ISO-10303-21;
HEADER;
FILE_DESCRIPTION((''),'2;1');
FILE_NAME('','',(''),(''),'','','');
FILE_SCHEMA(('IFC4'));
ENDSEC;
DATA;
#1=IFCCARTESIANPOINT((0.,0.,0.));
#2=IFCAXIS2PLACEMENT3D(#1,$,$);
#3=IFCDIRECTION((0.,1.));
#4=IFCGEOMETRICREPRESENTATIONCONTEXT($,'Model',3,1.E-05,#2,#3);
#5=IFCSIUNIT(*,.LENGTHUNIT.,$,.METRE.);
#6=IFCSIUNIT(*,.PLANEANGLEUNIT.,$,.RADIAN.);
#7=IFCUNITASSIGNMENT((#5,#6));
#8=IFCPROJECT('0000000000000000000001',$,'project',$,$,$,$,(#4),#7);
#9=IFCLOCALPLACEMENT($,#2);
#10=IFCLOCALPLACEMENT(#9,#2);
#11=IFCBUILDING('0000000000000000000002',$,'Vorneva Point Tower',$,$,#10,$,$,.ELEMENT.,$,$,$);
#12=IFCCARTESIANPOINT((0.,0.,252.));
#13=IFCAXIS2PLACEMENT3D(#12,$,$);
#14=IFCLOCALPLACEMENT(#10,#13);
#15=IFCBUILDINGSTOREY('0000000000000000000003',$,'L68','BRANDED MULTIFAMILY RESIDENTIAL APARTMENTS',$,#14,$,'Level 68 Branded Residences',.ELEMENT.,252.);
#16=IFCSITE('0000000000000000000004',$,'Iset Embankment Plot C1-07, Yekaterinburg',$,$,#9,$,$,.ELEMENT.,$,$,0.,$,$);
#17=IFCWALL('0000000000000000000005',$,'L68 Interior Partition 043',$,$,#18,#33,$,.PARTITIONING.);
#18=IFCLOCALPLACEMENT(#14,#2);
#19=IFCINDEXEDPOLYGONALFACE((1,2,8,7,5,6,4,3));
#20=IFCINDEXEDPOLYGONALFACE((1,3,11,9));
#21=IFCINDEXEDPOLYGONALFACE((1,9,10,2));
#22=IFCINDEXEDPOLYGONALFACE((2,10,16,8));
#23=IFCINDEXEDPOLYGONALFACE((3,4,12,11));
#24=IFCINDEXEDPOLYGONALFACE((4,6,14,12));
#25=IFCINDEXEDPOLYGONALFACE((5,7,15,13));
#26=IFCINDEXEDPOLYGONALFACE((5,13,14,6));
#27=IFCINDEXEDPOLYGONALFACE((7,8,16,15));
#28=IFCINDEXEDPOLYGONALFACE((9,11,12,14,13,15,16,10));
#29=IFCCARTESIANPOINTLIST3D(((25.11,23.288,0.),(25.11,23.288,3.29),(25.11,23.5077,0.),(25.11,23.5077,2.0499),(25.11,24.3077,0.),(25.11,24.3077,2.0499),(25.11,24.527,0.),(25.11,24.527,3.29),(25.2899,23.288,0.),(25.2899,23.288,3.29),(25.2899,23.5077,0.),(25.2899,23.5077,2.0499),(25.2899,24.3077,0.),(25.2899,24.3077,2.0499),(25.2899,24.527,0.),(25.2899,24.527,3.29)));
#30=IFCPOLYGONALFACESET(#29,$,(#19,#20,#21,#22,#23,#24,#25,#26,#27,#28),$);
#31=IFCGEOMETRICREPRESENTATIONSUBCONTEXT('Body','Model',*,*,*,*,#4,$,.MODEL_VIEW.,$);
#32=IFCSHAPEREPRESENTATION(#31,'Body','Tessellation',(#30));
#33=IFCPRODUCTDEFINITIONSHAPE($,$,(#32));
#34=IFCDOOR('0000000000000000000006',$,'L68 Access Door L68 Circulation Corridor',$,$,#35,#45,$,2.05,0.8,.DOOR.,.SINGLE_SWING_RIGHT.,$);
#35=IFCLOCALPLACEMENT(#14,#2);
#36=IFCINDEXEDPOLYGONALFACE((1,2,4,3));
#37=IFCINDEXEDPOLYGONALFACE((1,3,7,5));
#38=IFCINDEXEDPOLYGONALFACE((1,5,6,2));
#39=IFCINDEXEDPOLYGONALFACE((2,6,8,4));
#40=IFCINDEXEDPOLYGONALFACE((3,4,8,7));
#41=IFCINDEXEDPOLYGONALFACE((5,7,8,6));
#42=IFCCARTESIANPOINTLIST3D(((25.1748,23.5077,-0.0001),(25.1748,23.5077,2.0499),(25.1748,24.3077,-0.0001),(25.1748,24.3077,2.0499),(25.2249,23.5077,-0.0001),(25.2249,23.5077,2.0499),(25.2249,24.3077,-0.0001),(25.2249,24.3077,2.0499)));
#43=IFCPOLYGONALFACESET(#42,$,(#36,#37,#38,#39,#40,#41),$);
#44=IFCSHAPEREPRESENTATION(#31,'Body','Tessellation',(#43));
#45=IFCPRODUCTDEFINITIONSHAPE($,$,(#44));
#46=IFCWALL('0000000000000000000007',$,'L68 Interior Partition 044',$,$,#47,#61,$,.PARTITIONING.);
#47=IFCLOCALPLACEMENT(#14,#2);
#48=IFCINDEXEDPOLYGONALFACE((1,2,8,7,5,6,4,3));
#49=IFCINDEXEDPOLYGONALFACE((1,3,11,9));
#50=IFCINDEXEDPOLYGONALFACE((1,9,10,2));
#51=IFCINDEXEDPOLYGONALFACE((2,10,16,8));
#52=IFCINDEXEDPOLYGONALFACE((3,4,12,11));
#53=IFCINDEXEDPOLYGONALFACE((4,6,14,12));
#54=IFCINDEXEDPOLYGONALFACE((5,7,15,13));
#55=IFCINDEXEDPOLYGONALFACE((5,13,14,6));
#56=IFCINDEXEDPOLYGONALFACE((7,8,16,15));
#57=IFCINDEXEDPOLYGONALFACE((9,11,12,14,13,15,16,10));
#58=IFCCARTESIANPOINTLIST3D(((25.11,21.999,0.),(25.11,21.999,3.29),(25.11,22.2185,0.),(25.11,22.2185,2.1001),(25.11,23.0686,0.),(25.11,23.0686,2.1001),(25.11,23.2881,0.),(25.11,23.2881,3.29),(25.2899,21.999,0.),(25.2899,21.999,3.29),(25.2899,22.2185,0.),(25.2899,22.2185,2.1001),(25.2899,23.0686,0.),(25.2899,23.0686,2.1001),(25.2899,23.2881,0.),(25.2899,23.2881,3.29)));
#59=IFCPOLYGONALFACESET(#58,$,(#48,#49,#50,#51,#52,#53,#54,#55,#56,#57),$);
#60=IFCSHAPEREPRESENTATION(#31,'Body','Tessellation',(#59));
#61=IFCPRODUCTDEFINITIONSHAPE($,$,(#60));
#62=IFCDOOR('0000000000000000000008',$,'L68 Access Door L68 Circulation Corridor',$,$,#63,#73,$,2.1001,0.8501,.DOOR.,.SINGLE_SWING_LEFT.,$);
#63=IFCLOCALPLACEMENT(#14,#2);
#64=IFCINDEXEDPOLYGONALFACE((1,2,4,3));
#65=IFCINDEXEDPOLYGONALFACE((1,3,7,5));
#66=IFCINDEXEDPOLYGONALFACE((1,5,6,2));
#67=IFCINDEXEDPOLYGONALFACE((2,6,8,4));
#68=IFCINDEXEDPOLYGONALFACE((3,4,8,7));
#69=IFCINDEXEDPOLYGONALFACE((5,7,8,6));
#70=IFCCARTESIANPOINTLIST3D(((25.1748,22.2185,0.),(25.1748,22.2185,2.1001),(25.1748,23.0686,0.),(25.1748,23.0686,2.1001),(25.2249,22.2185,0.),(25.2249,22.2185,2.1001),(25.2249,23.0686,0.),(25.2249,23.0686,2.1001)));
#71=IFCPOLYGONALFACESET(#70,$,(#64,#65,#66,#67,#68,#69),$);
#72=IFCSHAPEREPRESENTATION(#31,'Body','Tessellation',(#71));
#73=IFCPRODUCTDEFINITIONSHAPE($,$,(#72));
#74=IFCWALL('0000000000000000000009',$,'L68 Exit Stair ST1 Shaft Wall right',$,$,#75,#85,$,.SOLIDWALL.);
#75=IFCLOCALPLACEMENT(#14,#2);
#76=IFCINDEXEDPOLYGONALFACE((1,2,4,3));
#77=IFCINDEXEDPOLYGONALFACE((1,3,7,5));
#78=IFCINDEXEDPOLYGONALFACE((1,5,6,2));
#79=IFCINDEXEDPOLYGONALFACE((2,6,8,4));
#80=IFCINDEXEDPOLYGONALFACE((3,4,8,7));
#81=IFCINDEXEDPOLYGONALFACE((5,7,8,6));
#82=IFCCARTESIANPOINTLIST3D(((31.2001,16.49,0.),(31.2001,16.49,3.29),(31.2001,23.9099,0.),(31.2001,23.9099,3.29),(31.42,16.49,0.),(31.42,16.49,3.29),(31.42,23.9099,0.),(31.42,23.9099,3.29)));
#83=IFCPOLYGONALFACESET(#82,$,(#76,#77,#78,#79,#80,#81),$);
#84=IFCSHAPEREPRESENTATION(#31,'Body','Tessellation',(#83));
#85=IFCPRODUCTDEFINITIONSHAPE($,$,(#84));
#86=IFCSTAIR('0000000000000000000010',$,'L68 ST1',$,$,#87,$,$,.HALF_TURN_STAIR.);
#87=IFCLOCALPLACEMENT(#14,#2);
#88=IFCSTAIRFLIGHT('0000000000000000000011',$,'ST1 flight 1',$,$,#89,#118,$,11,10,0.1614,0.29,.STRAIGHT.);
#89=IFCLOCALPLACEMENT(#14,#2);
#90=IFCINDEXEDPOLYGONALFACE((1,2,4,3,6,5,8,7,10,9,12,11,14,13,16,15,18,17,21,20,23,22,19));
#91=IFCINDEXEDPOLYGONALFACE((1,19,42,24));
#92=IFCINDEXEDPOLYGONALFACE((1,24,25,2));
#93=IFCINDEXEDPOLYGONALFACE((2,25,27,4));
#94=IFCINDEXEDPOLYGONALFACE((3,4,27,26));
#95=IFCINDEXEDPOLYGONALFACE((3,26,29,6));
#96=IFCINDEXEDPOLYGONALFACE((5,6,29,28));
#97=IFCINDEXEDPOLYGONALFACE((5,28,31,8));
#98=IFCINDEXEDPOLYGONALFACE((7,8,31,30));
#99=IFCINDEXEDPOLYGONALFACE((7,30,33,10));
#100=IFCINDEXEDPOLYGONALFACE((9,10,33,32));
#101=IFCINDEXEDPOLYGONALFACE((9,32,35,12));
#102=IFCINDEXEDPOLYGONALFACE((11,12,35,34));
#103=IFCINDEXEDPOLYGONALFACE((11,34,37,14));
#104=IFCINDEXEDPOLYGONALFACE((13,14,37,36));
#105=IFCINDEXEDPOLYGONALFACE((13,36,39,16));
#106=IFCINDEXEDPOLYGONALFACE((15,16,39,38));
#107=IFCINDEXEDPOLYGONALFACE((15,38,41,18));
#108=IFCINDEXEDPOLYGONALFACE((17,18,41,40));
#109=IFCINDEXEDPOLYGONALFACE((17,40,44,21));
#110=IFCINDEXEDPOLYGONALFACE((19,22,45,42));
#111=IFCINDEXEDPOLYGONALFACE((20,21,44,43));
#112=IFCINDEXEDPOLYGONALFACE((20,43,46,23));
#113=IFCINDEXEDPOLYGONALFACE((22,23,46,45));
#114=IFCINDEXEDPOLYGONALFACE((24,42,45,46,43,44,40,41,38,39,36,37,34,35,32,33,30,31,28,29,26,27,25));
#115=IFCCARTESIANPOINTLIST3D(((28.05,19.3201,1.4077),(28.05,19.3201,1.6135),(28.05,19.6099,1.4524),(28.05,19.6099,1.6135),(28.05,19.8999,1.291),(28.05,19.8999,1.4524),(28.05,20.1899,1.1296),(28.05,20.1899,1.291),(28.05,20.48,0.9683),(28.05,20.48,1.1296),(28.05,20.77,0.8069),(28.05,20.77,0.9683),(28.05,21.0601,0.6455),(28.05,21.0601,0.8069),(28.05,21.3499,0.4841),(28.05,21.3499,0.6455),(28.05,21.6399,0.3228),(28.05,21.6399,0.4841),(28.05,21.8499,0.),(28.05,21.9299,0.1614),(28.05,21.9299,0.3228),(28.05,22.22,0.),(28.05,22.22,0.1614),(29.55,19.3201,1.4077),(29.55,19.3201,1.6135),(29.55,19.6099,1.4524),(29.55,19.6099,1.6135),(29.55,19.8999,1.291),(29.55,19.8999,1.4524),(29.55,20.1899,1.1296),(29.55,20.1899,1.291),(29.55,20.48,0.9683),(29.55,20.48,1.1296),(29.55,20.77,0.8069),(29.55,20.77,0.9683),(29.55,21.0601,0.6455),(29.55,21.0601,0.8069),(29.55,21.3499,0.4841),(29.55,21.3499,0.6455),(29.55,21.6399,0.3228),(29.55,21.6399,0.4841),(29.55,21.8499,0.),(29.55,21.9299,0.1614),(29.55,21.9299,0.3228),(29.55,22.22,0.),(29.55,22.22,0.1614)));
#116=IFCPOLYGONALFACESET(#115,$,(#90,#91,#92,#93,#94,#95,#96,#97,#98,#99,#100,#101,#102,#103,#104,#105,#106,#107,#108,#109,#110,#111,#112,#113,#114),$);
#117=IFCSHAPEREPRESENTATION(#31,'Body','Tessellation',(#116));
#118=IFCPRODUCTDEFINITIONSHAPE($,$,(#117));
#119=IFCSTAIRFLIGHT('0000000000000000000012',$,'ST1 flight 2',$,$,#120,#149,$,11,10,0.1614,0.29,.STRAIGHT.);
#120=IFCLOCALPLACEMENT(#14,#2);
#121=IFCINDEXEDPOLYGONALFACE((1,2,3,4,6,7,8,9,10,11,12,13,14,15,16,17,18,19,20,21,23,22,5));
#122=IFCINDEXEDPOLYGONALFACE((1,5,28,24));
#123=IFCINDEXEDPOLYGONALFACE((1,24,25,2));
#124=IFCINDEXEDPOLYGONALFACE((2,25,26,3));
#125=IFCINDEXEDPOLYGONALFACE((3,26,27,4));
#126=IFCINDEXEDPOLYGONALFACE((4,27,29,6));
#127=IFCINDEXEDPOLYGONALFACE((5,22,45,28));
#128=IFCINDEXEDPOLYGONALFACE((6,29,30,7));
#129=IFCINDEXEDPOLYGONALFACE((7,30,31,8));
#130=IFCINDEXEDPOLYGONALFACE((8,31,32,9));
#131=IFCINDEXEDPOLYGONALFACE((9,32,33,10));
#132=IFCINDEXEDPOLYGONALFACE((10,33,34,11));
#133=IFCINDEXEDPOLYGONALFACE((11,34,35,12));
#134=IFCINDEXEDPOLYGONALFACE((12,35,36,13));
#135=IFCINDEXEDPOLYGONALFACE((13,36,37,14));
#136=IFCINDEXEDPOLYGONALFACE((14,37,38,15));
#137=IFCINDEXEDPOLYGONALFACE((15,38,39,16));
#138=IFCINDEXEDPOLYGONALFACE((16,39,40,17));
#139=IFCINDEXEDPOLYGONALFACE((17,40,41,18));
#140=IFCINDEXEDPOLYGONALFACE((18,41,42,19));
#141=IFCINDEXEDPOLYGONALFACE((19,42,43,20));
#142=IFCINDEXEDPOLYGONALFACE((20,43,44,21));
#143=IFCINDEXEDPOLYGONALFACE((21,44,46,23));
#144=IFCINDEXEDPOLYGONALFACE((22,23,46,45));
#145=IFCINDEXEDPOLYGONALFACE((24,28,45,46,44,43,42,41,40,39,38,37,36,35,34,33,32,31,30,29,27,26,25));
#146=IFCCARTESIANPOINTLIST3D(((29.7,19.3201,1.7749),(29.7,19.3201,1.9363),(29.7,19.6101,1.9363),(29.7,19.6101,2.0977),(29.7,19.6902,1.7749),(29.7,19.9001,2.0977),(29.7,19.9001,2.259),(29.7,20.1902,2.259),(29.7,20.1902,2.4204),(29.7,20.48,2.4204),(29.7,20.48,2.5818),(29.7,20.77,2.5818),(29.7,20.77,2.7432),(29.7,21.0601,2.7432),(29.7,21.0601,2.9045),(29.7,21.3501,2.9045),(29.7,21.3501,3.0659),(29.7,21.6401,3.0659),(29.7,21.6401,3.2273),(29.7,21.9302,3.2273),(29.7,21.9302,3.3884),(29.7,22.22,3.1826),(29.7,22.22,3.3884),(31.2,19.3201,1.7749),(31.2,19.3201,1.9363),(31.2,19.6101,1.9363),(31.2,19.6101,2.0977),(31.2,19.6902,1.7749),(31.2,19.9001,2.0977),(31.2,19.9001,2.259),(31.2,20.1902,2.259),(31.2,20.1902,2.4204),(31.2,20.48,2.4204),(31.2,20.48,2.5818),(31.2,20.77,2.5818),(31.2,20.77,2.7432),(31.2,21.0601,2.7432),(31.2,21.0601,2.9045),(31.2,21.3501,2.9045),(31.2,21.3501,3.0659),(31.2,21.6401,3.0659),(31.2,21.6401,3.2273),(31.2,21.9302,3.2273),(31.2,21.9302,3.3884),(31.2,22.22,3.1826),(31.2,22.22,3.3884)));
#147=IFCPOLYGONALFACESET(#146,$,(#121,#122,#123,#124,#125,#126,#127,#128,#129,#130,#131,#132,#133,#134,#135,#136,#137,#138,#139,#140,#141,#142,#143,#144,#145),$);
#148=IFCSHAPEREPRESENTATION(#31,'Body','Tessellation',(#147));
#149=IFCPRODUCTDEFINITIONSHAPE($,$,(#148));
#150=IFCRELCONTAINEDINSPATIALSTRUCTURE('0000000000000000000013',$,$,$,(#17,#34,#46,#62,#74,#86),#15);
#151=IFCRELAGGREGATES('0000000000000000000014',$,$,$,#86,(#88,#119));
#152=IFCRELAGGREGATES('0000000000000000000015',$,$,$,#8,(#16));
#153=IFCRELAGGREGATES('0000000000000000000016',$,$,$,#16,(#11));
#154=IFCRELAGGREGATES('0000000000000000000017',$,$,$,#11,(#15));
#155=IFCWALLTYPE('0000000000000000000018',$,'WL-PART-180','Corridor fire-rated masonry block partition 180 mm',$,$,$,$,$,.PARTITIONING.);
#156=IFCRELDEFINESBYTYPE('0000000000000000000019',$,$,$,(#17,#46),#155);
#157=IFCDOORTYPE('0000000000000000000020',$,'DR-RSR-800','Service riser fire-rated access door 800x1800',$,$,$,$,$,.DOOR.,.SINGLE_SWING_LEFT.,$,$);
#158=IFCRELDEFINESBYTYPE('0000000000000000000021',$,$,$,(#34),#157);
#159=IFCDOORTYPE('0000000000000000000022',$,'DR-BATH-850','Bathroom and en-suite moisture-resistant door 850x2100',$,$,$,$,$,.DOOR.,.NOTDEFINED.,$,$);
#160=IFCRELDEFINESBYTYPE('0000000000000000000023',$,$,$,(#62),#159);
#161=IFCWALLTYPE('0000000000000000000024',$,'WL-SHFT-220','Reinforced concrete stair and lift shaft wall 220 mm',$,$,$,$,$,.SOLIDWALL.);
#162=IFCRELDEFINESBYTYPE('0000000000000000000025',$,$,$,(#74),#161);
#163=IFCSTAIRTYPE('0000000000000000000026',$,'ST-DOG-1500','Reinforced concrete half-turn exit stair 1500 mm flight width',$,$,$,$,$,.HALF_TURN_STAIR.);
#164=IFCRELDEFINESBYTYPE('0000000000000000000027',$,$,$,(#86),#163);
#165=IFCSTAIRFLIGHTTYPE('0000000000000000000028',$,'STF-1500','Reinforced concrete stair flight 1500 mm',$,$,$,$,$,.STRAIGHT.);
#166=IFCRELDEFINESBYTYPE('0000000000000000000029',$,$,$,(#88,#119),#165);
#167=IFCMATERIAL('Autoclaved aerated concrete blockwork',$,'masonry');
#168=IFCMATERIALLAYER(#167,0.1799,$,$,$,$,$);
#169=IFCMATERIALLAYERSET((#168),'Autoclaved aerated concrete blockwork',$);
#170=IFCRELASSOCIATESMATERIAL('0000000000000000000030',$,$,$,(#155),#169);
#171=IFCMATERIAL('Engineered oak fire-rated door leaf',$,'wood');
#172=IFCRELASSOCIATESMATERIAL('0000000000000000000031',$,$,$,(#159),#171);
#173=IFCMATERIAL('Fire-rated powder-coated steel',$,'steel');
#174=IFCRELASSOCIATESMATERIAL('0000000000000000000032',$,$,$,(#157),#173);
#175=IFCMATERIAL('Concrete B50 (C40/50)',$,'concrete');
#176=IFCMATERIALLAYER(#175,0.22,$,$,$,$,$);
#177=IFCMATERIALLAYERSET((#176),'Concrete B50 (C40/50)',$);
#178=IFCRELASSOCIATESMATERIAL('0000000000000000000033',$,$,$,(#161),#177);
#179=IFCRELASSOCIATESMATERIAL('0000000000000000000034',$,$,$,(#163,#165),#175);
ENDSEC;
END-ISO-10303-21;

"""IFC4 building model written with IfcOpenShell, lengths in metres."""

from ifc_helpers import new_model, si_unit, direction, frame, frame_2d, origin, place, context, subcontext, project, spatial, polyline, rectangle, outline, extrude, material, layer, layer_set, type_object, element, fill, aggregate, save


model = new_model("IFC4")

# Units and contexts
model_context = context("Model", 3, precision=1e-05, world=origin(), true_north=direction((0.0, 1.0)))
body_context = subcontext(model_context, "Body", "Model", "MODEL_VIEW")
ifc_project = project(units=[si_unit("LENGTHUNIT", "METRE"), si_unit("PLANEANGLEUNIT", "RADIAN")], contexts=[model_context])

# Site, building, storey
site_placement = place(None, origin())
site = spatial("IfcSite", under=ifc_project, at=site_placement, Name="Iset Embankment Plot C1-07, Yekaterinburg", CompositionType="ELEMENT", RefElevation=0.0)
building_placement = place(site_placement, origin())
building = spatial("IfcBuilding", under=site, at=building_placement, Name="Vorneva Point Tower", CompositionType="ELEMENT")
storey_placement = place(building_placement, frame((0.0, 0.0, 252.0)))
storey = spatial("IfcBuildingStorey", under=building, at=storey_placement, Name="L68", Description="BRANDED MULTIFAMILY RESIDENTIAL APARTMENTS", LongName="Level 68 Branded Residences", CompositionType="ELEMENT", Elevation=252.0)

# Shared definitions
ifc_material_1 = material(Name="Concrete B50 (C40/50)", Category="concrete")

# Shared definitions
ifc_material_2 = material(Name="Autoclaved aerated concrete blockwork", Category="masonry")
ifc_layer_1 = layer(ifc_material_2, 0.1799)
ifc_layer_set_1 = layer_set([ifc_layer_1], Name="Autoclaved aerated concrete blockwork")
wall_type_1 = type_object("IfcWallType", Name="WL-PART-180", Description="Corridor fire-rated masonry block partition 180 mm", PredefinedType="PARTITIONING", material=ifc_layer_set_1)
ifc_material_3 = material(Name="Fire-rated powder-coated steel", Category="steel")
ifc_material_4 = material(Name="Engineered oak fire-rated door leaf", Category="wood")
door_type_1 = type_object("IfcDoorType", Name="DR-BATH-850", Description="Bathroom and en-suite moisture-resistant door 850x2100", OperationType="NOTDEFINED", PredefinedType="DOOR", material=ifc_material_4)

# Walls, openings, doors
wall_1_placement = place(storey_placement, frame((25.2, 24.5271, 0.0), z_axis=(0.0, 0.0, 1.0), x_axis=(0.0, -1.0, 0.0)))
wall_1 = element("IfcWall", 1, at=wall_1_placement, inside=storey, type_object=wall_type_1, Name="L68 Interior Partition 043", PredefinedType="PARTITIONING", context=body_context, shape_type="SweptSolid", body=[
    extrude(rectangle(XDim=1.239, YDim=0.1799, at=frame_2d((0.6196, 0.0))), origin(), (0.0, 0.0, 1.0), 3.29),
])
opening_1_placement = place(wall_1_placement, frame((0.2195, 0.0, 0.0)))
opening_1 = element("IfcOpeningElement", 2, at=opening_1_placement, cuts=wall_1, PredefinedType="OPENING", context=body_context, shape_type="SweptSolid", body=[
    extrude(rectangle(XDim=0.8, YDim=2.05, at=frame_2d((0.3999, 1.0249))), frame((0.0, 0.105, 0.0), z_axis=(0.0, -1.0, 0.0), x_axis=(1.0, 0.0, 0.0)), (0.0, 0.0, 1.0), 0.2097),
])
door_type_2 = type_object("IfcDoorType", Name="DR-RSR-800", Description="Service riser fire-rated access door 800x1800", OperationType="SINGLE_SWING_LEFT", PredefinedType="DOOR", material=ifc_material_3)
door_1_placement = place(opening_1_placement, origin())
door_1 = element("IfcDoor", 3, at=door_1_placement, inside=storey, type_object=door_type_2, Name="L68 Access Door L68 Circulation Corridor", OperationType="SINGLE_SWING_RIGHT", OverallHeight=2.05, OverallWidth=0.8, PredefinedType="DOOR", context=body_context, shape_type="SweptSolid", body=[
    extrude(rectangle(XDim=0.8, YDim=2.05, at=frame_2d((0.3999, 1.0249))), frame((0.0, 0.0249, 0.0), z_axis=(0.0, -1.0, 0.0), x_axis=(1.0, 0.0, 0.0)), (0.0, 0.0, 1.0), 0.05),
])
fill(opening_1, door_1)
wall_2_placement = place(storey_placement, frame((25.2, 23.2881, 0.0), z_axis=(0.0, 0.0, 1.0), x_axis=(0.0, -1.0, 0.0)))
wall_2 = element("IfcWall", 4, at=wall_2_placement, inside=storey, type_object=wall_type_1, Name="L68 Interior Partition 044", PredefinedType="PARTITIONING", context=body_context, shape_type="SweptSolid", body=[
    extrude(rectangle(XDim=1.2891, YDim=0.1799, at=frame_2d((0.6445, 0.0))), origin(), (0.0, 0.0, 1.0), 3.29),
])
opening_2_placement = place(wall_2_placement, frame((0.2195, 0.0, 0.0)))
opening_2 = element("IfcOpeningElement", 5, at=opening_2_placement, cuts=wall_2, PredefinedType="OPENING", context=body_context, shape_type="SweptSolid", body=[
    extrude(rectangle(XDim=0.8501, YDim=2.1001, at=frame_2d((0.425, 1.05))), frame((0.0, 0.105, 0.0), z_axis=(0.0, -1.0, 0.0), x_axis=(1.0, 0.0, 0.0)), (0.0, 0.0, 1.0), 0.2097),
])
door_2_placement = place(opening_2_placement, origin())
door_2 = element("IfcDoor", 6, at=door_2_placement, inside=storey, type_object=door_type_1, Name="L68 Access Door L68 Circulation Corridor", OperationType="SINGLE_SWING_LEFT", OverallHeight=2.1001, OverallWidth=0.8501, PredefinedType="DOOR", context=body_context, shape_type="SweptSolid", body=[
    extrude(rectangle(XDim=0.8501, YDim=2.1001, at=frame_2d((0.425, 1.05))), frame((0.0, 0.0249, 0.0), z_axis=(0.0, -1.0, 0.0), x_axis=(1.0, 0.0, 0.0)), (0.0, 0.0, 1.0), 0.05),
])
fill(opening_2, door_2)
ifc_layer_2 = layer(ifc_material_1, 0.22)
ifc_layer_set_2 = layer_set([ifc_layer_2], Name="Concrete B50 (C40/50)")
wall_type_2 = type_object("IfcWallType", Name="WL-SHFT-220", Description="Reinforced concrete stair and lift shaft wall 220 mm", PredefinedType="SOLIDWALL", material=ifc_layer_set_2)

# Wall
wall_3_placement = place(storey_placement, frame((31.3101, 23.9099, 0.0), z_axis=(0.0, 0.0, 1.0), x_axis=(0.0, -1.0, 0.0)))
element("IfcWall", 7, at=wall_3_placement, inside=storey, type_object=wall_type_2, Name="L68 Exit Stair ST1 Shaft Wall right", PredefinedType="SOLIDWALL", context=body_context, shape_type="SweptSolid", body=[
    extrude(rectangle(XDim=7.4199, YDim=0.22, at=frame_2d((3.71, 0.0))), origin(), (0.0, 0.0, 1.0), 3.29),
])

# Stair, stair flights
stair_type = type_object("IfcStairType", Name="ST-DOG-1500", Description="Reinforced concrete half-turn exit stair 1500 mm flight width", PredefinedType="HALF_TURN_STAIR", material=ifc_material_1)
stair_placement = place(storey_placement, origin())
stair = element("IfcStair", 8, at=stair_placement, inside=storey, type_object=stair_type, Name="L68 ST1", PredefinedType="HALF_TURN_STAIR")
stair_flight_type = type_object("IfcStairFlightType", Name="STF-1500", Description="Reinforced concrete stair flight 1500 mm", PredefinedType="STRAIGHT", material=ifc_material_1)
stair_flight_1_placement = place(storey_placement, frame((28.8, 22.22, 0.0), z_axis=(0.0, 0.0, 1.0), x_axis=(0.0, -1.0, 0.0)))
stair_flight_1 = element("IfcStairFlight", 9, at=stair_flight_1_placement, type_object=stair_flight_type, Name="ST1 flight 1", NumberOfRisers=11, NumberOfTreads=10, PredefinedType="STRAIGHT", RiserHeight=0.1614, TreadLength=0.29, context=body_context, shape_type="SweptSolid", body=[
    extrude(outline(polyline([(0.0, 0.0), (0.0, 0.1614), (0.29, 0.1614), (0.29, 0.3228), (0.5801, 0.3228), (0.5801, 0.4841), (0.8701, 0.4841), (0.8701, 0.6455), (1.1599, 0.6455), (1.1599, 0.8069), (1.45, 0.8069), (1.45, 0.9683), (1.74, 0.9683), (1.74, 1.1296), (2.03, 1.1296), (2.03, 1.291), (2.3201, 1.291), (2.3201, 1.4524), (2.6101, 1.4524), (2.6101, 1.6135), (2.8999, 1.6135), (2.8999, 1.7749), (2.8999, 1.4077), (0.3701, 0.0), (0.0, 0.0)])), frame((0.0, 0.75, 0.0), z_axis=(0.0, -1.0, 0.0), x_axis=(1.0, 0.0, 0.0)), (0.0, 0.0, 1.0), 1.5),
])
stair_flight_2_placement = place(storey_placement, frame((30.45, 19.3201, 1.7749), z_axis=(0.0, 0.0, 1.0), x_axis=(0.0, 1.0, 0.0)))
stair_flight_2 = element("IfcStairFlight", 10, at=stair_flight_2_placement, type_object=stair_flight_type, Name="ST1 flight 2", NumberOfRisers=11, NumberOfTreads=10, PredefinedType="STRAIGHT", RiserHeight=0.1614, TreadLength=0.29, context=body_context, shape_type="SweptSolid", body=[
    extrude(outline(polyline([(0.0, 0.0), (0.0, 0.1614), (0.29, 0.1614), (0.29, 0.3228), (0.5801, 0.3228), (0.5801, 0.4841), (0.8701, 0.4841), (0.8701, 0.6455), (1.1599, 0.6455), (1.1599, 0.8069), (1.45, 0.8069), (1.45, 0.9683), (1.74, 0.9683), (1.74, 1.1296), (2.03, 1.1296), (2.03, 1.291), (2.3201, 1.291), (2.3201, 1.4524), (2.6101, 1.4524), (2.6101, 1.6135), (2.8999, 1.6135), (2.8999, 1.7749), (2.8999, 1.4077), (0.3701, 0.0), (0.0, 0.0)])), frame((0.0, 0.75, 0.0), z_axis=(0.0, -1.0, 0.0), x_axis=(1.0, 0.0, 0.0)), (0.0, 0.0, 1.0), 1.5),
])
aggregate(stair, [stair_flight_1, stair_flight_2])

save(model, "model.ifc")
